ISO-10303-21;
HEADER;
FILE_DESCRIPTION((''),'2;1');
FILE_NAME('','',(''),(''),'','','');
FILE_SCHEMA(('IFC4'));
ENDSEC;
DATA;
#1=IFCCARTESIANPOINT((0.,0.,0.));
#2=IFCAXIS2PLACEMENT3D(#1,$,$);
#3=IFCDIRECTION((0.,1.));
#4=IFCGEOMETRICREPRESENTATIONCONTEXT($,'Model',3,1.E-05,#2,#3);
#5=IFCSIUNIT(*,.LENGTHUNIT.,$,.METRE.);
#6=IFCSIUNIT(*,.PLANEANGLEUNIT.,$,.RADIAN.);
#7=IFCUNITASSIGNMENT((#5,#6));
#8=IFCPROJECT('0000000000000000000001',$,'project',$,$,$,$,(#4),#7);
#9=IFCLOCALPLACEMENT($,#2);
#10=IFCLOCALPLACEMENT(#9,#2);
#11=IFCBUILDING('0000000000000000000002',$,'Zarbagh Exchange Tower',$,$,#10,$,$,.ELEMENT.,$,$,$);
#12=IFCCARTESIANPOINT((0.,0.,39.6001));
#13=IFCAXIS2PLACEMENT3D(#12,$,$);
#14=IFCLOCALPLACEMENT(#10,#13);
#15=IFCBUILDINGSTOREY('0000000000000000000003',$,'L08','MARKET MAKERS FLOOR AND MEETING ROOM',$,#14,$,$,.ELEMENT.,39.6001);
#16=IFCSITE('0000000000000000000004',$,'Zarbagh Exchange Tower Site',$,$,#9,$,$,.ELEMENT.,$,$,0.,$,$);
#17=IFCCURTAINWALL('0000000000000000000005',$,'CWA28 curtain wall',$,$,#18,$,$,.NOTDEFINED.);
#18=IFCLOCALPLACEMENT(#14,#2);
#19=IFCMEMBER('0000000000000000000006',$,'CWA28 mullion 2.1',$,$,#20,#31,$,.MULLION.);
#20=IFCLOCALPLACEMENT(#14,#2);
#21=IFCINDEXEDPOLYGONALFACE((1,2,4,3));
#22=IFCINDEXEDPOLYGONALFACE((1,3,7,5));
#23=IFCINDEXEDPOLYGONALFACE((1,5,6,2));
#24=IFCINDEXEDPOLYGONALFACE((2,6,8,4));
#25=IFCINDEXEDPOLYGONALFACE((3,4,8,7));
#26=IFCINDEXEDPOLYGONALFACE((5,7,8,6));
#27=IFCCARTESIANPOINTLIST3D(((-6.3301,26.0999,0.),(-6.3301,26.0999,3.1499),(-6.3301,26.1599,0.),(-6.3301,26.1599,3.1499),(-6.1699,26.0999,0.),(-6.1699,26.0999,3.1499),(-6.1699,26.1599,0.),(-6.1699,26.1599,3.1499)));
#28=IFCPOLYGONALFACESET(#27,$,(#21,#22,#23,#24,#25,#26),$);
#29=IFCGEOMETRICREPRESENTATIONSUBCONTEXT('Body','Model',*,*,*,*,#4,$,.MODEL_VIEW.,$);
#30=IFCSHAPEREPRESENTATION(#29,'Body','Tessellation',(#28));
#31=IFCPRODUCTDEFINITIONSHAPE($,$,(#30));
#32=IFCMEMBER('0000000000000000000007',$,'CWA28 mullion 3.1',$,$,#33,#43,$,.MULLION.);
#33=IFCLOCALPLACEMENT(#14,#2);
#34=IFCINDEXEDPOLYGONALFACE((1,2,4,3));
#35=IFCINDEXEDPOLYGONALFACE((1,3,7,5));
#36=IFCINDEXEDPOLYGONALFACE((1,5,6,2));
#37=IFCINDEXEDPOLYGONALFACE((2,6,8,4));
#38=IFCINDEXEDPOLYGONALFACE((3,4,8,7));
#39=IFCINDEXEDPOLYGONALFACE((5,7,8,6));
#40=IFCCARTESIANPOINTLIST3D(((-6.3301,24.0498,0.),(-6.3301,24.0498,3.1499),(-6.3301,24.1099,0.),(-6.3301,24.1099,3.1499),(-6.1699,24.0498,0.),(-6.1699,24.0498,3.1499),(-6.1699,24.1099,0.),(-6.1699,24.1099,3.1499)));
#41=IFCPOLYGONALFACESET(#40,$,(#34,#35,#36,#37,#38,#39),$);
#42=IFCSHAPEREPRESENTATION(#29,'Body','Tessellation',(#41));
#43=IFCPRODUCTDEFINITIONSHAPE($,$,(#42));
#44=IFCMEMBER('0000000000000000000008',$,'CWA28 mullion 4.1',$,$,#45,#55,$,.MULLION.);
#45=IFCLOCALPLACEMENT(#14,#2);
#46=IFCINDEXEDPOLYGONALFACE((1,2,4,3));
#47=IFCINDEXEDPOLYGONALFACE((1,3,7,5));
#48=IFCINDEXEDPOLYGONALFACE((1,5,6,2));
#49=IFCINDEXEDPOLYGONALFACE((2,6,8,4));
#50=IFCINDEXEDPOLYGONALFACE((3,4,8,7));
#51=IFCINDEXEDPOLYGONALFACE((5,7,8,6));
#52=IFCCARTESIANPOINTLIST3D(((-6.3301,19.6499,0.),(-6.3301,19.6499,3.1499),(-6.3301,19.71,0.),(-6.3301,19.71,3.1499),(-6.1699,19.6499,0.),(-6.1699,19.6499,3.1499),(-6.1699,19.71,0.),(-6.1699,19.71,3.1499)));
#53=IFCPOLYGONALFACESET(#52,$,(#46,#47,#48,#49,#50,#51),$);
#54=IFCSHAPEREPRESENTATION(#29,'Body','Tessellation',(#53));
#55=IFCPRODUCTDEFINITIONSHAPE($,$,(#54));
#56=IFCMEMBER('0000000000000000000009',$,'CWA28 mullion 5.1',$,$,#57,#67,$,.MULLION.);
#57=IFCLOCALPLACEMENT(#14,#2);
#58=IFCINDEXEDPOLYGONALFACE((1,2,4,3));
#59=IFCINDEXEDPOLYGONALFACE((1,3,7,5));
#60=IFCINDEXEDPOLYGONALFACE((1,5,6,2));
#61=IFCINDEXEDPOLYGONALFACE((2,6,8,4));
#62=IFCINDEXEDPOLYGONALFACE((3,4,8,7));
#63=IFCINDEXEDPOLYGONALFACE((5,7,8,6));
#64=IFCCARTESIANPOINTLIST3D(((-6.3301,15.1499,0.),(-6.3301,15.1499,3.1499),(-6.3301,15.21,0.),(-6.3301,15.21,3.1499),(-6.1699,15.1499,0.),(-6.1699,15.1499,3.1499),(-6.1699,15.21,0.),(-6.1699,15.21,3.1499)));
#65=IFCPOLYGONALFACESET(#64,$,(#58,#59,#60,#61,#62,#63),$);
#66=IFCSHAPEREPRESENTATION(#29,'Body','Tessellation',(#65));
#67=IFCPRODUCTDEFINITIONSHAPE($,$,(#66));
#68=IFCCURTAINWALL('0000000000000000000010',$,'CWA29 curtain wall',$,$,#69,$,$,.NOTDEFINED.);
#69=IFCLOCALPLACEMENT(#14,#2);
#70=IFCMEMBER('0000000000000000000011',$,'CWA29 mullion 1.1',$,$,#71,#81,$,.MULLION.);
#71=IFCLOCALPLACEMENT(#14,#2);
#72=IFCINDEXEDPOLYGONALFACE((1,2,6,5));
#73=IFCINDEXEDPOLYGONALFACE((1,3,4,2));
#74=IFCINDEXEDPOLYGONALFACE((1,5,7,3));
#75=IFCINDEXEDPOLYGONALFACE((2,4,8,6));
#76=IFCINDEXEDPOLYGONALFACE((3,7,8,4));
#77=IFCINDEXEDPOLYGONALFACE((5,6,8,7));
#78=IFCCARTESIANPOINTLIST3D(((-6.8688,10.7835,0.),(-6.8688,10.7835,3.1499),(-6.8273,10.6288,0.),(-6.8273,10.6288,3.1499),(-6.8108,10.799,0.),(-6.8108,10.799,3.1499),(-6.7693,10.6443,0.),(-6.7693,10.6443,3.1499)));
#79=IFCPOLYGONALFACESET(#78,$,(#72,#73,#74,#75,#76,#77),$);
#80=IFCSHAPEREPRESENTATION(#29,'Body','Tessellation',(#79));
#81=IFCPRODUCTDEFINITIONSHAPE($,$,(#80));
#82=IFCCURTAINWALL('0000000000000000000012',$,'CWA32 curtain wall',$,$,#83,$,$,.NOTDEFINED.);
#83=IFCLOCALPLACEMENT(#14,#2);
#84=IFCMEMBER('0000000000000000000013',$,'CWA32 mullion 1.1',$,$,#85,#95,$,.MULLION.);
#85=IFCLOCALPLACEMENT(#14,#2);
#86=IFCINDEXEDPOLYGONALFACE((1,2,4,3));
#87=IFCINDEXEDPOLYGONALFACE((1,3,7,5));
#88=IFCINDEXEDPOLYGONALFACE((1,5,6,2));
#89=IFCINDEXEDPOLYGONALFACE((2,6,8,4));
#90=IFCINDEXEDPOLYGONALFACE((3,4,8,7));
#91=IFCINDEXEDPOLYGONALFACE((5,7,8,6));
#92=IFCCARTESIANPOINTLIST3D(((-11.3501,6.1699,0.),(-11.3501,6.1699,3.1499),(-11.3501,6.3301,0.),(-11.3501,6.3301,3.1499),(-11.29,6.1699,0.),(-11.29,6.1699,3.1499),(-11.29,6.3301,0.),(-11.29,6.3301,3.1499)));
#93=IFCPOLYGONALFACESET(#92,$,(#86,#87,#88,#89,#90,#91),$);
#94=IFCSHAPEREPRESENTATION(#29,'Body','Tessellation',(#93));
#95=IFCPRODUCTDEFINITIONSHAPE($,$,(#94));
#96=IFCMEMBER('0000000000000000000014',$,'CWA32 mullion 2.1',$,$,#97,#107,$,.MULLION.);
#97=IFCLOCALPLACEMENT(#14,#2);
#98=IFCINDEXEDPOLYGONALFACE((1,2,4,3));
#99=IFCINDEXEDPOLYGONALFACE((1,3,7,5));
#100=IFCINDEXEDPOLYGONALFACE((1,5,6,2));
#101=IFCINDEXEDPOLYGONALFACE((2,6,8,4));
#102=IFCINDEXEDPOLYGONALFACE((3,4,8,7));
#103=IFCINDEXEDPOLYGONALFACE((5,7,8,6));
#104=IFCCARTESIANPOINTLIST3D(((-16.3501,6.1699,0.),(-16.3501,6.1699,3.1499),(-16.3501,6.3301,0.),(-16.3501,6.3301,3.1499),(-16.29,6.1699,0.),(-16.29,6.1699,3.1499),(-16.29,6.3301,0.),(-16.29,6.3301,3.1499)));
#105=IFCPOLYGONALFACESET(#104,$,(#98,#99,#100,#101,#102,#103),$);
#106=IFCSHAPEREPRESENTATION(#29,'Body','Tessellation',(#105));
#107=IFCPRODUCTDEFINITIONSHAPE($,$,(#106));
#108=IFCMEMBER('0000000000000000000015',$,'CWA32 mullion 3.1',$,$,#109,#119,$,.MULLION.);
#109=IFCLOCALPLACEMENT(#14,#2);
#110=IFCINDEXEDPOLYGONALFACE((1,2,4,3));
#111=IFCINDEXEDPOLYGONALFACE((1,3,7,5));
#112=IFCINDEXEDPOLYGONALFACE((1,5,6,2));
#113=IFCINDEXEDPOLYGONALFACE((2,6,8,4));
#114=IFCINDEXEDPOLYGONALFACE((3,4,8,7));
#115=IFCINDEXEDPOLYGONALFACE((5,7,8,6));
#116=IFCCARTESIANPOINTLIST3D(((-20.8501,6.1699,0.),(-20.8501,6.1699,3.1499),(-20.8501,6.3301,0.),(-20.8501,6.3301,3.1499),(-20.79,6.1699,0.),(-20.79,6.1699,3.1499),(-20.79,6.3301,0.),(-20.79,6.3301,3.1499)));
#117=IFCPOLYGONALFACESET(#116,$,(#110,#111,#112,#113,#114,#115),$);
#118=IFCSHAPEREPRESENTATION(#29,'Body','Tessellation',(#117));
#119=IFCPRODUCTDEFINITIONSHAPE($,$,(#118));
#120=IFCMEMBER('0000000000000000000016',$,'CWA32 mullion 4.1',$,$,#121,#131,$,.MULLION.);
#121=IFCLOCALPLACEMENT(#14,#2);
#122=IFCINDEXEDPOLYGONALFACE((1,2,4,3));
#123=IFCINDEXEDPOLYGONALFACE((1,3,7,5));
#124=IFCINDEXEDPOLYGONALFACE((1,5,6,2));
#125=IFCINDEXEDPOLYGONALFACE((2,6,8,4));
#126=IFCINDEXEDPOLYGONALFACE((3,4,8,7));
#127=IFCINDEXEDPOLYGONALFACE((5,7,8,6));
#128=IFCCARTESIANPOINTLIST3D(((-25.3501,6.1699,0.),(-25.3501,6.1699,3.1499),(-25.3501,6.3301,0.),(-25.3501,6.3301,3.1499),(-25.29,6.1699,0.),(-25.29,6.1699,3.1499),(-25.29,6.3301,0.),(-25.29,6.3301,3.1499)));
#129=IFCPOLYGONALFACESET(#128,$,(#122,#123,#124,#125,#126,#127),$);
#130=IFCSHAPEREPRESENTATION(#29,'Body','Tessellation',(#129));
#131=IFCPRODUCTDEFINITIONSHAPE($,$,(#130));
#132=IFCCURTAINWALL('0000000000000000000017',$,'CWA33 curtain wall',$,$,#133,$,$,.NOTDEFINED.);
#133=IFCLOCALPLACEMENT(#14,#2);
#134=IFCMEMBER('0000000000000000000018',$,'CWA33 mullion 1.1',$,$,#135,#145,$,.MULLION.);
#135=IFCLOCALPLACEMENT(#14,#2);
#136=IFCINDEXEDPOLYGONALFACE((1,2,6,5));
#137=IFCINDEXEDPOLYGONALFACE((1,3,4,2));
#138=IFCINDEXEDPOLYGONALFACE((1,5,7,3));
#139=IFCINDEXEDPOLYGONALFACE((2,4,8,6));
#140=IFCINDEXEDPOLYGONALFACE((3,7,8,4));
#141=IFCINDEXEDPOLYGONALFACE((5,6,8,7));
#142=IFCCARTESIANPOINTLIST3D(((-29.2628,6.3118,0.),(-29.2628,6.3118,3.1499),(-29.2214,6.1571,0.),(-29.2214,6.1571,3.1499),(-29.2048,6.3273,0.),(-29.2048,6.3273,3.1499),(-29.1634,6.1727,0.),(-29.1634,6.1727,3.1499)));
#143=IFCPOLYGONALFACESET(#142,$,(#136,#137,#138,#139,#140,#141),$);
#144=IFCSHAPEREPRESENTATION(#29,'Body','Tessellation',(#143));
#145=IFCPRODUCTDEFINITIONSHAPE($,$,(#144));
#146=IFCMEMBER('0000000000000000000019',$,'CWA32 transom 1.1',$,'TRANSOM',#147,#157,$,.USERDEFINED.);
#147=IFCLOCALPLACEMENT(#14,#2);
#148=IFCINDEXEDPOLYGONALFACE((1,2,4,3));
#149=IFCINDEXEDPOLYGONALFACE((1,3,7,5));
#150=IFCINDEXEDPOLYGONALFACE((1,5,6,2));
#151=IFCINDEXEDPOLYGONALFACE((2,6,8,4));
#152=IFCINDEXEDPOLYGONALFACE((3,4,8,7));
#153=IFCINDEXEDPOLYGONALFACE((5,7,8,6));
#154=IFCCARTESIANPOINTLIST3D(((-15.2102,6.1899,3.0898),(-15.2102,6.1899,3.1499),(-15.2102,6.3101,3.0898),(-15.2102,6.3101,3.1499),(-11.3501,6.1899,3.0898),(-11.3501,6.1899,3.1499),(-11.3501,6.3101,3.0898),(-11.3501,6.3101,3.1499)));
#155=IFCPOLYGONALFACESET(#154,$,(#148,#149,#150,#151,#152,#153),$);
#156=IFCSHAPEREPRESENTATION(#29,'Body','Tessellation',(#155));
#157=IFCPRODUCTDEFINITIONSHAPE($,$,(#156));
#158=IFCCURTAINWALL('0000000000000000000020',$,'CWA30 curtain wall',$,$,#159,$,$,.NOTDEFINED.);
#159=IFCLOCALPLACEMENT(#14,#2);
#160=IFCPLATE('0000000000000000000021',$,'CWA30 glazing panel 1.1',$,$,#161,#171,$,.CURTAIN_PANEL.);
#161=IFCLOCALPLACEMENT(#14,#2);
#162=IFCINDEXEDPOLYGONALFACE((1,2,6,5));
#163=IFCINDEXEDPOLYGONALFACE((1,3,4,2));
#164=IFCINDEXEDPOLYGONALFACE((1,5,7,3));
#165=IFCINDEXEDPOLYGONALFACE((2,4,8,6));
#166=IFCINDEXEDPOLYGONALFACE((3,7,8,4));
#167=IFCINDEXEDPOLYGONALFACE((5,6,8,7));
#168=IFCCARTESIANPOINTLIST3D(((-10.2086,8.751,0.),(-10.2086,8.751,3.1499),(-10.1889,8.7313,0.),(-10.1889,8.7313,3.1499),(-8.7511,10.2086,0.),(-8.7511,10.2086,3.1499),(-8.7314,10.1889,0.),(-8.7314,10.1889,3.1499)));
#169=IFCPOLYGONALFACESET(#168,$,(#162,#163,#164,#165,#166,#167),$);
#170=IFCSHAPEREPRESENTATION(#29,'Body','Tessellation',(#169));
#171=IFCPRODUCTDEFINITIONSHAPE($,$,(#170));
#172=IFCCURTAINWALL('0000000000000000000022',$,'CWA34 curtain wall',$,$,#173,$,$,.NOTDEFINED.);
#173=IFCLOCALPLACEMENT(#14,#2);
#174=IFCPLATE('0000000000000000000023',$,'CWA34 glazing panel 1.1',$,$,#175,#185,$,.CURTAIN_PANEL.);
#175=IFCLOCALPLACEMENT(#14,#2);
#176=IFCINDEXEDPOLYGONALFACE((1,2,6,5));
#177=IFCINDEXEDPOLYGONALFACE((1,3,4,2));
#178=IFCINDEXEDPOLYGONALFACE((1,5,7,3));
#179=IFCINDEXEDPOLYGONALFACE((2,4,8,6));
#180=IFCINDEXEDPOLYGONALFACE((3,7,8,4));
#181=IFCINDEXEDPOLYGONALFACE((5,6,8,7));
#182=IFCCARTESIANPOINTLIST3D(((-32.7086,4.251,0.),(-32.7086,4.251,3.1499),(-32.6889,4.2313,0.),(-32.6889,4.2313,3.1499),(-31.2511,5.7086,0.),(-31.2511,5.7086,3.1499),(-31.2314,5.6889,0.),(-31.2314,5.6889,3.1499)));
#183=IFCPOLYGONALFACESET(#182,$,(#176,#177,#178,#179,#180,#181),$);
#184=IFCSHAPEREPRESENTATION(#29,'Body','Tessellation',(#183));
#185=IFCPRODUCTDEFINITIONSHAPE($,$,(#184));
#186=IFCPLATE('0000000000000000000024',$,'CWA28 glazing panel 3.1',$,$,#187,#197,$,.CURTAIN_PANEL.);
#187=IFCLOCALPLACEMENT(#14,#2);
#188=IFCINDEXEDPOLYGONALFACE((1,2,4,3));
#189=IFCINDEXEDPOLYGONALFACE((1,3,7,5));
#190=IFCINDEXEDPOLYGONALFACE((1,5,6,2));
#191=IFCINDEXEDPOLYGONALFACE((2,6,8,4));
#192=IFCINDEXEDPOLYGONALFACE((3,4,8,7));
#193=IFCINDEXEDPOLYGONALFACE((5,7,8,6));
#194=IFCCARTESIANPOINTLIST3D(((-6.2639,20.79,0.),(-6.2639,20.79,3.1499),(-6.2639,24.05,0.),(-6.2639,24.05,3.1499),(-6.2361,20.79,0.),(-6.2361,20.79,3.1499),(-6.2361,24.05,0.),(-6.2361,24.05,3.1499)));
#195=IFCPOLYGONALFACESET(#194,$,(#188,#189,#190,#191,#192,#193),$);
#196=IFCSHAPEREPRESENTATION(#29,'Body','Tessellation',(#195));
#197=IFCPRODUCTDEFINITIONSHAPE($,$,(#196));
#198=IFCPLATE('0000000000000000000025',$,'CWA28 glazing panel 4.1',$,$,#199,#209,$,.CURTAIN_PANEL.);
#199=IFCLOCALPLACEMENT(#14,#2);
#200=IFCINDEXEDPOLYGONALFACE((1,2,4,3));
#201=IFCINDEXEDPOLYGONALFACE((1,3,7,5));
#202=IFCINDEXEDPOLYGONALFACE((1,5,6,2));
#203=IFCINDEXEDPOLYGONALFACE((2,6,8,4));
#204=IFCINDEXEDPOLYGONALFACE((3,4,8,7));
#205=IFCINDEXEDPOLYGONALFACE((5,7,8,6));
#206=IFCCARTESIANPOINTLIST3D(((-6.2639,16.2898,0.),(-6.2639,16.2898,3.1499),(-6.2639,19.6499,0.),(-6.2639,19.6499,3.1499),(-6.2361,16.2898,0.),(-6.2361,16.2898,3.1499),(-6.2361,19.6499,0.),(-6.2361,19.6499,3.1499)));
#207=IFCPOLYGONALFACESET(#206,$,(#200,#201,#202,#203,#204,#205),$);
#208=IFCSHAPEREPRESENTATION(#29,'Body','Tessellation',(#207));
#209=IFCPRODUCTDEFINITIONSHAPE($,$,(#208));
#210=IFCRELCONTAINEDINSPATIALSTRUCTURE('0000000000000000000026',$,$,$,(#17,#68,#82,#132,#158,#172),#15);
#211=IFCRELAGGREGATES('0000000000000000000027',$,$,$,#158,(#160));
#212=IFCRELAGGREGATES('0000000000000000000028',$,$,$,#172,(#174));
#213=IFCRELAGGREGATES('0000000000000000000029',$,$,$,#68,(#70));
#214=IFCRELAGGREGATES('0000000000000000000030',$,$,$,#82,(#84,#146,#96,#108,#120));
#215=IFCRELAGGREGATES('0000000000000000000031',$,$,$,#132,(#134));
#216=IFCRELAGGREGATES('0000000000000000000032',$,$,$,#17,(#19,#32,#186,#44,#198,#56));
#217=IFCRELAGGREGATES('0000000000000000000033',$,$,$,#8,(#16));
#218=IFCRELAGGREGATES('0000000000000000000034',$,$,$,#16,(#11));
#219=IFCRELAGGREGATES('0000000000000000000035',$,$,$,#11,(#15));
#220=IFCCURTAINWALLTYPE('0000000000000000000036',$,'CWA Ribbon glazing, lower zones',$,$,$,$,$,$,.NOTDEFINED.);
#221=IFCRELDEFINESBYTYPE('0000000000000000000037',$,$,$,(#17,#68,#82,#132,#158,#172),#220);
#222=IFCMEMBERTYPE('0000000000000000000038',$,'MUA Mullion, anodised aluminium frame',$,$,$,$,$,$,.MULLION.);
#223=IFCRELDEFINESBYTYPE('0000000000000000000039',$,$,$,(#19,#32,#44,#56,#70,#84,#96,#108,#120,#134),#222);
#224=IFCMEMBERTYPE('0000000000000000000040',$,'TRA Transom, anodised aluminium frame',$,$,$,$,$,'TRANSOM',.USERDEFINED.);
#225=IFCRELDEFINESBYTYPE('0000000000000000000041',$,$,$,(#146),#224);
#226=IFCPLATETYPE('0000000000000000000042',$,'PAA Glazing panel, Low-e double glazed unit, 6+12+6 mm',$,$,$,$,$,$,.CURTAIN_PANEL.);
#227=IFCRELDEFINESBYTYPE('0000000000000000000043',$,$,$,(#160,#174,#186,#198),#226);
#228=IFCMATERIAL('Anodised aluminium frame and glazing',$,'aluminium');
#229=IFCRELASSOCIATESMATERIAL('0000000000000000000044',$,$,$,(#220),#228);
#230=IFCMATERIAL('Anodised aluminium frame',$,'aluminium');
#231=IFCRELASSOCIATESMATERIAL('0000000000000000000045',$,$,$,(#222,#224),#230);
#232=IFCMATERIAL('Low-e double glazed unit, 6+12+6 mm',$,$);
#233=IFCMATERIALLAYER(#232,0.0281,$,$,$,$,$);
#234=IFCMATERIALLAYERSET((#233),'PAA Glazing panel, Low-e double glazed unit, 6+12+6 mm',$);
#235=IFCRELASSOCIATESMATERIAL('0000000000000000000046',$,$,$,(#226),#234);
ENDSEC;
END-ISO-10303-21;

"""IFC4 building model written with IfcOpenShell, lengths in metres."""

from ifc_helpers import new_model, si_unit, direction, frame, origin, place, context, subcontext, project, spatial, polyline, outline, extrude, source, transform, mapped, material, layer, layer_set, type_object, element, aggregate, save


model = new_model("IFC4")

# Units and contexts
model_context = context("Model", 3, precision=1e-05, world=origin(), true_north=direction((0.0, 1.0)))
body_context = subcontext(model_context, "Body", "Model", "MODEL_VIEW")
ifc_project = project(units=[si_unit("LENGTHUNIT", "METRE"), si_unit("PLANEANGLEUNIT", "RADIAN")], contexts=[model_context])

# Site, building, storey
site_placement = place(None, origin())
site = spatial("IfcSite", under=ifc_project, at=site_placement, Name="Zarbagh Exchange Tower Site", CompositionType="ELEMENT", RefElevation=0.0)
building_placement = place(site_placement, origin())
building = spatial("IfcBuilding", under=site, at=building_placement, Name="Zarbagh Exchange Tower", CompositionType="ELEMENT")
storey_placement = place(building_placement, frame((0.0, 0.0, 39.6001)))
storey = spatial("IfcBuildingStorey", under=building, at=storey_placement, Name="L08", Description="MARKET MAKERS FLOOR AND MEETING ROOM", CompositionType="ELEMENT", Elevation=39.6001)

# Curtain wall, members
ifc_material_1 = material(Name="Anodised aluminium frame and glazing", Category="aluminium")
curtain_wall_type = type_object("IfcCurtainWallType", Name="CWA Ribbon glazing, lower zones", PredefinedType="NOTDEFINED", material=ifc_material_1)
curtain_wall_1_placement = place(storey_placement, origin())
curtain_wall_1 = element("IfcCurtainWall", 1, at=curtain_wall_1_placement, inside=storey, type_object=curtain_wall_type, Name="CWA28 curtain wall", PredefinedType="NOTDEFINED")
ifc_material_2 = material(Name="Anodised aluminium frame", Category="aluminium")
member_type_1 = type_object("IfcMemberType", Name="MUA Mullion, anodised aluminium frame", PredefinedType="MULLION", material=ifc_material_2)
shared_shape_1 = source(origin(), body_context, "Body", "SweptSolid", [
    extrude(outline(polyline([(0.0, -0.0801), (0.0601, -0.0801), (0.0601, 0.0801), (0.0, 0.0801), (0.0, -0.0801)])), origin(), (0.0, 0.0, 1.0), 3.1499),
])
placement = place(storey_placement, origin())
member_1 = element("IfcMember", 2, at=placement, type_object=member_type_1, Name="CWA28 mullion 2.1", PredefinedType="MULLION", context=body_context, shape_type="MappedRepresentation", body=[
    mapped(shared_shape_1, transform((-6.25, 26.1599, 0.0), x_axis=(0.0, -1.0, 0.0), y_axis=(1.0, 0.0, 0.0), z_axis=(0.0, 0.0, 1.0))),
])
member_2 = element("IfcMember", 3, at=placement, type_object=member_type_1, Name="CWA28 mullion 3.1", PredefinedType="MULLION", context=body_context, shape_type="MappedRepresentation", body=[
    mapped(shared_shape_1, transform((-6.25, 24.1099, 0.0), x_axis=(0.0, -1.0, 0.0), y_axis=(1.0, 0.0, 0.0), z_axis=(0.0, 0.0, 1.0))),
])
member_3 = element("IfcMember", 4, at=placement, type_object=member_type_1, Name="CWA28 mullion 4.1", PredefinedType="MULLION", context=body_context, shape_type="MappedRepresentation", body=[
    mapped(shared_shape_1, transform((-6.25, 19.71, 0.0), x_axis=(0.0, -1.0, 0.0), y_axis=(1.0, 0.0, 0.0), z_axis=(0.0, 0.0, 1.0))),
])
member_4 = element("IfcMember", 5, at=placement, type_object=member_type_1, Name="CWA28 mullion 5.1", PredefinedType="MULLION", context=body_context, shape_type="MappedRepresentation", body=[
    mapped(shared_shape_1, transform((-6.25, 15.21, 0.0), x_axis=(0.0, -1.0, 0.0), y_axis=(1.0, 0.0, 0.0), z_axis=(0.0, 0.0, 1.0))),
])

# Curtain wall, member
curtain_wall_2_placement = place(storey_placement, origin())
curtain_wall_2 = element("IfcCurtainWall", 6, at=curtain_wall_2_placement, inside=storey, type_object=curtain_wall_type, Name="CWA29 curtain wall", PredefinedType="NOTDEFINED")
member_5 = element("IfcMember", 7, at=placement, type_object=member_type_1, Name="CWA29 mullion 1.1", PredefinedType="MULLION", context=body_context, shape_type="MappedRepresentation", body=[
    mapped(shared_shape_1, transform((-6.79, 10.7217, 0.0), x_axis=(-0.965924, -0.258825, 0.0), y_axis=(0.258825, -0.965924, 0.0), z_axis=(0.0, 0.0, 1.0))),
])

# Curtain wall, members
curtain_wall_3_placement = place(storey_placement, origin())
curtain_wall_3 = element("IfcCurtainWall", 8, at=curtain_wall_3_placement, inside=storey, type_object=curtain_wall_type, Name="CWA32 curtain wall", PredefinedType="NOTDEFINED")
member_6 = element("IfcMember", 9, at=placement, type_object=member_type_1, Name="CWA32 mullion 1.1", PredefinedType="MULLION", context=body_context, shape_type="MappedRepresentation", body=[
    mapped(shared_shape_1, transform((-11.29, 6.25, 0.0), x_axis=(-1.0, 0.0, 0.0), y_axis=(0.0, -1.0, 0.0), z_axis=(0.0, 0.0, 1.0))),
])
member_7 = element("IfcMember", 10, at=placement, type_object=member_type_1, Name="CWA32 mullion 2.1", PredefinedType="MULLION", context=body_context, shape_type="MappedRepresentation", body=[
    mapped(shared_shape_1, transform((-16.29, 6.25, 0.0), x_axis=(-1.0, 0.0, 0.0), y_axis=(0.0, -1.0, 0.0), z_axis=(0.0, 0.0, 1.0))),
])
member_8 = element("IfcMember", 11, at=placement, type_object=member_type_1, Name="CWA32 mullion 3.1", PredefinedType="MULLION", context=body_context, shape_type="MappedRepresentation", body=[
    mapped(shared_shape_1, transform((-20.79, 6.25, 0.0), x_axis=(-1.0, 0.0, 0.0), y_axis=(0.0, -1.0, 0.0), z_axis=(0.0, 0.0, 1.0))),
])
member_9 = element("IfcMember", 12, at=placement, type_object=member_type_1, Name="CWA32 mullion 4.1", PredefinedType="MULLION", context=body_context, shape_type="MappedRepresentation", body=[
    mapped(shared_shape_1, transform((-25.29, 6.25, 0.0), x_axis=(-1.0, 0.0, 0.0), y_axis=(0.0, -1.0, 0.0), z_axis=(0.0, 0.0, 1.0))),
])

# Curtain wall, member
curtain_wall_4_placement = place(storey_placement, origin())
curtain_wall_4 = element("IfcCurtainWall", 13, at=curtain_wall_4_placement, inside=storey, type_object=curtain_wall_type, Name="CWA33 curtain wall", PredefinedType="NOTDEFINED")
member_10 = element("IfcMember", 14, at=placement, type_object=member_type_1, Name="CWA33 mullion 1.1", PredefinedType="MULLION", context=body_context, shape_type="MappedRepresentation", body=[
    mapped(shared_shape_1, transform((-29.1841, 6.25, 0.0), x_axis=(-0.965924, -0.258825, 0.0), y_axis=(0.258825, -0.965924, 0.0), z_axis=(0.0, 0.0, 1.0))),
])

# Member
member_type_2 = type_object("IfcMemberType", Name="TRA Transom, anodised aluminium frame", ElementType="TRANSOM", PredefinedType="USERDEFINED", material=ifc_material_2)
shared_shape_2 = source(origin(), body_context, "Body", "SweptSolid", [
    extrude(outline(polyline([(-0.0601, -0.0601), (0.0, -0.0601), (0.0, 0.0601), (-0.0601, 0.0601), (-0.0601, -0.0601)])), origin(), (0.0, 0.0, 1.0), 3.8601),
])
member_11 = element("IfcMember", 15, at=placement, type_object=member_type_2, Name="CWA32 transom 1.1", ObjectType="TRANSOM", PredefinedType="USERDEFINED", context=body_context, shape_type="MappedRepresentation", body=[
    mapped(shared_shape_2, transform((-11.3501, 6.25, 3.1499), x_axis=(0.0, 0.0, 1.0), y_axis=(0.0, 1.0, 0.0), z_axis=(-1.0, 0.0, 0.0))),
])

# Curtain walls, plates
curtain_wall_5_placement = place(storey_placement, origin())
curtain_wall_5 = element("IfcCurtainWall", 16, at=curtain_wall_5_placement, inside=storey, type_object=curtain_wall_type, Name="CWA30 curtain wall", PredefinedType="NOTDEFINED")
ifc_material_3 = material(Name="Low-e double glazed unit, 6+12+6 mm")
ifc_layer = layer(ifc_material_3, 0.0281)
ifc_layer_set = layer_set([ifc_layer], Name="PAA Glazing panel, Low-e double glazed unit, 6+12+6 mm")
plate_type = type_object("IfcPlateType", Name="PAA Glazing panel, Low-e double glazed unit, 6+12+6 mm", PredefinedType="CURTAIN_PANEL", material=ifc_layer_set)
shared_shape_3 = source(origin(), body_context, "Body", "SweptSolid", [
    extrude(outline(polyline([(0.0, -0.0139), (2.0613, -0.0139), (2.0613, 0.0139), (0.0, 0.0139), (0.0, -0.0139)])), origin(), (0.0, 0.0, 1.0), 3.1499),
])
plate_1 = element("IfcPlate", 17, at=placement, type_object=plate_type, Name="CWA30 glazing panel 1.1", PredefinedType="CURTAIN_PANEL", context=body_context, shape_type="MappedRepresentation", body=[
    mapped(shared_shape_3, transform((-8.7412, 10.1987, 0.0), x_axis=(-0.707107, -0.707107, 0.0), y_axis=(0.707107, -0.707107, 0.0), z_axis=(0.0, 0.0, 1.0))),
])
aggregate(curtain_wall_5, [plate_1])
curtain_wall_6_placement = place(storey_placement, origin())
curtain_wall_6 = element("IfcCurtainWall", 18, at=curtain_wall_6_placement, inside=storey, type_object=curtain_wall_type, Name="CWA34 curtain wall", PredefinedType="NOTDEFINED")
plate_2 = element("IfcPlate", 19, at=placement, type_object=plate_type, Name="CWA34 glazing panel 1.1", PredefinedType="CURTAIN_PANEL", context=body_context, shape_type="MappedRepresentation", body=[
    mapped(shared_shape_3, transform((-31.2412, 5.6987, 0.0), x_axis=(-0.707107, -0.707107, 0.0), y_axis=(0.707107, -0.707107, 0.0), z_axis=(0.0, 0.0, 1.0))),
])
aggregate(curtain_wall_6, [plate_2])

# Plates
shared_shape_4 = source(origin(), body_context, "Body", "SweptSolid", [
    extrude(outline(polyline([(0.0, -0.0139), (3.26, -0.0139), (3.26, 0.0139), (0.0, 0.0139), (0.0, -0.0139)])), origin(), (0.0, 0.0, 1.0), 3.1499),
])
plate_3 = element("IfcPlate", 20, at=placement, type_object=plate_type, Name="CWA28 glazing panel 3.1", PredefinedType="CURTAIN_PANEL", context=body_context, shape_type="MappedRepresentation", body=[
    mapped(shared_shape_4, transform((-6.25, 24.05, 0.0), x_axis=(0.0, -1.0, 0.0), y_axis=(1.0, 0.0, 0.0), z_axis=(0.0, 0.0, 1.0))),
])
shared_shape_5 = source(origin(), body_context, "Body", "SweptSolid", [
    extrude(outline(polyline([(0.0, -0.0139), (3.3601, -0.0139), (3.3601, 0.0139), (0.0, 0.0139), (0.0, -0.0139)])), origin(), (0.0, 0.0, 1.0), 3.1499),
])
plate_4 = element("IfcPlate", 21, at=placement, type_object=plate_type, Name="CWA28 glazing panel 4.1", PredefinedType="CURTAIN_PANEL", context=body_context, shape_type="MappedRepresentation", body=[
    mapped(shared_shape_5, transform((-6.25, 19.6499, 0.0), x_axis=(0.0, -1.0, 0.0), y_axis=(1.0, 0.0, 0.0), z_axis=(0.0, 0.0, 1.0))),
])
aggregate(curtain_wall_2, [member_5])

aggregate(curtain_wall_3, [member_6, member_11, member_7, member_8, member_9])
aggregate(curtain_wall_4, [member_10])

aggregate(curtain_wall_1, [member_1, member_2, plate_3, member_3, plate_4, member_4])

save(model, "model.ifc")
